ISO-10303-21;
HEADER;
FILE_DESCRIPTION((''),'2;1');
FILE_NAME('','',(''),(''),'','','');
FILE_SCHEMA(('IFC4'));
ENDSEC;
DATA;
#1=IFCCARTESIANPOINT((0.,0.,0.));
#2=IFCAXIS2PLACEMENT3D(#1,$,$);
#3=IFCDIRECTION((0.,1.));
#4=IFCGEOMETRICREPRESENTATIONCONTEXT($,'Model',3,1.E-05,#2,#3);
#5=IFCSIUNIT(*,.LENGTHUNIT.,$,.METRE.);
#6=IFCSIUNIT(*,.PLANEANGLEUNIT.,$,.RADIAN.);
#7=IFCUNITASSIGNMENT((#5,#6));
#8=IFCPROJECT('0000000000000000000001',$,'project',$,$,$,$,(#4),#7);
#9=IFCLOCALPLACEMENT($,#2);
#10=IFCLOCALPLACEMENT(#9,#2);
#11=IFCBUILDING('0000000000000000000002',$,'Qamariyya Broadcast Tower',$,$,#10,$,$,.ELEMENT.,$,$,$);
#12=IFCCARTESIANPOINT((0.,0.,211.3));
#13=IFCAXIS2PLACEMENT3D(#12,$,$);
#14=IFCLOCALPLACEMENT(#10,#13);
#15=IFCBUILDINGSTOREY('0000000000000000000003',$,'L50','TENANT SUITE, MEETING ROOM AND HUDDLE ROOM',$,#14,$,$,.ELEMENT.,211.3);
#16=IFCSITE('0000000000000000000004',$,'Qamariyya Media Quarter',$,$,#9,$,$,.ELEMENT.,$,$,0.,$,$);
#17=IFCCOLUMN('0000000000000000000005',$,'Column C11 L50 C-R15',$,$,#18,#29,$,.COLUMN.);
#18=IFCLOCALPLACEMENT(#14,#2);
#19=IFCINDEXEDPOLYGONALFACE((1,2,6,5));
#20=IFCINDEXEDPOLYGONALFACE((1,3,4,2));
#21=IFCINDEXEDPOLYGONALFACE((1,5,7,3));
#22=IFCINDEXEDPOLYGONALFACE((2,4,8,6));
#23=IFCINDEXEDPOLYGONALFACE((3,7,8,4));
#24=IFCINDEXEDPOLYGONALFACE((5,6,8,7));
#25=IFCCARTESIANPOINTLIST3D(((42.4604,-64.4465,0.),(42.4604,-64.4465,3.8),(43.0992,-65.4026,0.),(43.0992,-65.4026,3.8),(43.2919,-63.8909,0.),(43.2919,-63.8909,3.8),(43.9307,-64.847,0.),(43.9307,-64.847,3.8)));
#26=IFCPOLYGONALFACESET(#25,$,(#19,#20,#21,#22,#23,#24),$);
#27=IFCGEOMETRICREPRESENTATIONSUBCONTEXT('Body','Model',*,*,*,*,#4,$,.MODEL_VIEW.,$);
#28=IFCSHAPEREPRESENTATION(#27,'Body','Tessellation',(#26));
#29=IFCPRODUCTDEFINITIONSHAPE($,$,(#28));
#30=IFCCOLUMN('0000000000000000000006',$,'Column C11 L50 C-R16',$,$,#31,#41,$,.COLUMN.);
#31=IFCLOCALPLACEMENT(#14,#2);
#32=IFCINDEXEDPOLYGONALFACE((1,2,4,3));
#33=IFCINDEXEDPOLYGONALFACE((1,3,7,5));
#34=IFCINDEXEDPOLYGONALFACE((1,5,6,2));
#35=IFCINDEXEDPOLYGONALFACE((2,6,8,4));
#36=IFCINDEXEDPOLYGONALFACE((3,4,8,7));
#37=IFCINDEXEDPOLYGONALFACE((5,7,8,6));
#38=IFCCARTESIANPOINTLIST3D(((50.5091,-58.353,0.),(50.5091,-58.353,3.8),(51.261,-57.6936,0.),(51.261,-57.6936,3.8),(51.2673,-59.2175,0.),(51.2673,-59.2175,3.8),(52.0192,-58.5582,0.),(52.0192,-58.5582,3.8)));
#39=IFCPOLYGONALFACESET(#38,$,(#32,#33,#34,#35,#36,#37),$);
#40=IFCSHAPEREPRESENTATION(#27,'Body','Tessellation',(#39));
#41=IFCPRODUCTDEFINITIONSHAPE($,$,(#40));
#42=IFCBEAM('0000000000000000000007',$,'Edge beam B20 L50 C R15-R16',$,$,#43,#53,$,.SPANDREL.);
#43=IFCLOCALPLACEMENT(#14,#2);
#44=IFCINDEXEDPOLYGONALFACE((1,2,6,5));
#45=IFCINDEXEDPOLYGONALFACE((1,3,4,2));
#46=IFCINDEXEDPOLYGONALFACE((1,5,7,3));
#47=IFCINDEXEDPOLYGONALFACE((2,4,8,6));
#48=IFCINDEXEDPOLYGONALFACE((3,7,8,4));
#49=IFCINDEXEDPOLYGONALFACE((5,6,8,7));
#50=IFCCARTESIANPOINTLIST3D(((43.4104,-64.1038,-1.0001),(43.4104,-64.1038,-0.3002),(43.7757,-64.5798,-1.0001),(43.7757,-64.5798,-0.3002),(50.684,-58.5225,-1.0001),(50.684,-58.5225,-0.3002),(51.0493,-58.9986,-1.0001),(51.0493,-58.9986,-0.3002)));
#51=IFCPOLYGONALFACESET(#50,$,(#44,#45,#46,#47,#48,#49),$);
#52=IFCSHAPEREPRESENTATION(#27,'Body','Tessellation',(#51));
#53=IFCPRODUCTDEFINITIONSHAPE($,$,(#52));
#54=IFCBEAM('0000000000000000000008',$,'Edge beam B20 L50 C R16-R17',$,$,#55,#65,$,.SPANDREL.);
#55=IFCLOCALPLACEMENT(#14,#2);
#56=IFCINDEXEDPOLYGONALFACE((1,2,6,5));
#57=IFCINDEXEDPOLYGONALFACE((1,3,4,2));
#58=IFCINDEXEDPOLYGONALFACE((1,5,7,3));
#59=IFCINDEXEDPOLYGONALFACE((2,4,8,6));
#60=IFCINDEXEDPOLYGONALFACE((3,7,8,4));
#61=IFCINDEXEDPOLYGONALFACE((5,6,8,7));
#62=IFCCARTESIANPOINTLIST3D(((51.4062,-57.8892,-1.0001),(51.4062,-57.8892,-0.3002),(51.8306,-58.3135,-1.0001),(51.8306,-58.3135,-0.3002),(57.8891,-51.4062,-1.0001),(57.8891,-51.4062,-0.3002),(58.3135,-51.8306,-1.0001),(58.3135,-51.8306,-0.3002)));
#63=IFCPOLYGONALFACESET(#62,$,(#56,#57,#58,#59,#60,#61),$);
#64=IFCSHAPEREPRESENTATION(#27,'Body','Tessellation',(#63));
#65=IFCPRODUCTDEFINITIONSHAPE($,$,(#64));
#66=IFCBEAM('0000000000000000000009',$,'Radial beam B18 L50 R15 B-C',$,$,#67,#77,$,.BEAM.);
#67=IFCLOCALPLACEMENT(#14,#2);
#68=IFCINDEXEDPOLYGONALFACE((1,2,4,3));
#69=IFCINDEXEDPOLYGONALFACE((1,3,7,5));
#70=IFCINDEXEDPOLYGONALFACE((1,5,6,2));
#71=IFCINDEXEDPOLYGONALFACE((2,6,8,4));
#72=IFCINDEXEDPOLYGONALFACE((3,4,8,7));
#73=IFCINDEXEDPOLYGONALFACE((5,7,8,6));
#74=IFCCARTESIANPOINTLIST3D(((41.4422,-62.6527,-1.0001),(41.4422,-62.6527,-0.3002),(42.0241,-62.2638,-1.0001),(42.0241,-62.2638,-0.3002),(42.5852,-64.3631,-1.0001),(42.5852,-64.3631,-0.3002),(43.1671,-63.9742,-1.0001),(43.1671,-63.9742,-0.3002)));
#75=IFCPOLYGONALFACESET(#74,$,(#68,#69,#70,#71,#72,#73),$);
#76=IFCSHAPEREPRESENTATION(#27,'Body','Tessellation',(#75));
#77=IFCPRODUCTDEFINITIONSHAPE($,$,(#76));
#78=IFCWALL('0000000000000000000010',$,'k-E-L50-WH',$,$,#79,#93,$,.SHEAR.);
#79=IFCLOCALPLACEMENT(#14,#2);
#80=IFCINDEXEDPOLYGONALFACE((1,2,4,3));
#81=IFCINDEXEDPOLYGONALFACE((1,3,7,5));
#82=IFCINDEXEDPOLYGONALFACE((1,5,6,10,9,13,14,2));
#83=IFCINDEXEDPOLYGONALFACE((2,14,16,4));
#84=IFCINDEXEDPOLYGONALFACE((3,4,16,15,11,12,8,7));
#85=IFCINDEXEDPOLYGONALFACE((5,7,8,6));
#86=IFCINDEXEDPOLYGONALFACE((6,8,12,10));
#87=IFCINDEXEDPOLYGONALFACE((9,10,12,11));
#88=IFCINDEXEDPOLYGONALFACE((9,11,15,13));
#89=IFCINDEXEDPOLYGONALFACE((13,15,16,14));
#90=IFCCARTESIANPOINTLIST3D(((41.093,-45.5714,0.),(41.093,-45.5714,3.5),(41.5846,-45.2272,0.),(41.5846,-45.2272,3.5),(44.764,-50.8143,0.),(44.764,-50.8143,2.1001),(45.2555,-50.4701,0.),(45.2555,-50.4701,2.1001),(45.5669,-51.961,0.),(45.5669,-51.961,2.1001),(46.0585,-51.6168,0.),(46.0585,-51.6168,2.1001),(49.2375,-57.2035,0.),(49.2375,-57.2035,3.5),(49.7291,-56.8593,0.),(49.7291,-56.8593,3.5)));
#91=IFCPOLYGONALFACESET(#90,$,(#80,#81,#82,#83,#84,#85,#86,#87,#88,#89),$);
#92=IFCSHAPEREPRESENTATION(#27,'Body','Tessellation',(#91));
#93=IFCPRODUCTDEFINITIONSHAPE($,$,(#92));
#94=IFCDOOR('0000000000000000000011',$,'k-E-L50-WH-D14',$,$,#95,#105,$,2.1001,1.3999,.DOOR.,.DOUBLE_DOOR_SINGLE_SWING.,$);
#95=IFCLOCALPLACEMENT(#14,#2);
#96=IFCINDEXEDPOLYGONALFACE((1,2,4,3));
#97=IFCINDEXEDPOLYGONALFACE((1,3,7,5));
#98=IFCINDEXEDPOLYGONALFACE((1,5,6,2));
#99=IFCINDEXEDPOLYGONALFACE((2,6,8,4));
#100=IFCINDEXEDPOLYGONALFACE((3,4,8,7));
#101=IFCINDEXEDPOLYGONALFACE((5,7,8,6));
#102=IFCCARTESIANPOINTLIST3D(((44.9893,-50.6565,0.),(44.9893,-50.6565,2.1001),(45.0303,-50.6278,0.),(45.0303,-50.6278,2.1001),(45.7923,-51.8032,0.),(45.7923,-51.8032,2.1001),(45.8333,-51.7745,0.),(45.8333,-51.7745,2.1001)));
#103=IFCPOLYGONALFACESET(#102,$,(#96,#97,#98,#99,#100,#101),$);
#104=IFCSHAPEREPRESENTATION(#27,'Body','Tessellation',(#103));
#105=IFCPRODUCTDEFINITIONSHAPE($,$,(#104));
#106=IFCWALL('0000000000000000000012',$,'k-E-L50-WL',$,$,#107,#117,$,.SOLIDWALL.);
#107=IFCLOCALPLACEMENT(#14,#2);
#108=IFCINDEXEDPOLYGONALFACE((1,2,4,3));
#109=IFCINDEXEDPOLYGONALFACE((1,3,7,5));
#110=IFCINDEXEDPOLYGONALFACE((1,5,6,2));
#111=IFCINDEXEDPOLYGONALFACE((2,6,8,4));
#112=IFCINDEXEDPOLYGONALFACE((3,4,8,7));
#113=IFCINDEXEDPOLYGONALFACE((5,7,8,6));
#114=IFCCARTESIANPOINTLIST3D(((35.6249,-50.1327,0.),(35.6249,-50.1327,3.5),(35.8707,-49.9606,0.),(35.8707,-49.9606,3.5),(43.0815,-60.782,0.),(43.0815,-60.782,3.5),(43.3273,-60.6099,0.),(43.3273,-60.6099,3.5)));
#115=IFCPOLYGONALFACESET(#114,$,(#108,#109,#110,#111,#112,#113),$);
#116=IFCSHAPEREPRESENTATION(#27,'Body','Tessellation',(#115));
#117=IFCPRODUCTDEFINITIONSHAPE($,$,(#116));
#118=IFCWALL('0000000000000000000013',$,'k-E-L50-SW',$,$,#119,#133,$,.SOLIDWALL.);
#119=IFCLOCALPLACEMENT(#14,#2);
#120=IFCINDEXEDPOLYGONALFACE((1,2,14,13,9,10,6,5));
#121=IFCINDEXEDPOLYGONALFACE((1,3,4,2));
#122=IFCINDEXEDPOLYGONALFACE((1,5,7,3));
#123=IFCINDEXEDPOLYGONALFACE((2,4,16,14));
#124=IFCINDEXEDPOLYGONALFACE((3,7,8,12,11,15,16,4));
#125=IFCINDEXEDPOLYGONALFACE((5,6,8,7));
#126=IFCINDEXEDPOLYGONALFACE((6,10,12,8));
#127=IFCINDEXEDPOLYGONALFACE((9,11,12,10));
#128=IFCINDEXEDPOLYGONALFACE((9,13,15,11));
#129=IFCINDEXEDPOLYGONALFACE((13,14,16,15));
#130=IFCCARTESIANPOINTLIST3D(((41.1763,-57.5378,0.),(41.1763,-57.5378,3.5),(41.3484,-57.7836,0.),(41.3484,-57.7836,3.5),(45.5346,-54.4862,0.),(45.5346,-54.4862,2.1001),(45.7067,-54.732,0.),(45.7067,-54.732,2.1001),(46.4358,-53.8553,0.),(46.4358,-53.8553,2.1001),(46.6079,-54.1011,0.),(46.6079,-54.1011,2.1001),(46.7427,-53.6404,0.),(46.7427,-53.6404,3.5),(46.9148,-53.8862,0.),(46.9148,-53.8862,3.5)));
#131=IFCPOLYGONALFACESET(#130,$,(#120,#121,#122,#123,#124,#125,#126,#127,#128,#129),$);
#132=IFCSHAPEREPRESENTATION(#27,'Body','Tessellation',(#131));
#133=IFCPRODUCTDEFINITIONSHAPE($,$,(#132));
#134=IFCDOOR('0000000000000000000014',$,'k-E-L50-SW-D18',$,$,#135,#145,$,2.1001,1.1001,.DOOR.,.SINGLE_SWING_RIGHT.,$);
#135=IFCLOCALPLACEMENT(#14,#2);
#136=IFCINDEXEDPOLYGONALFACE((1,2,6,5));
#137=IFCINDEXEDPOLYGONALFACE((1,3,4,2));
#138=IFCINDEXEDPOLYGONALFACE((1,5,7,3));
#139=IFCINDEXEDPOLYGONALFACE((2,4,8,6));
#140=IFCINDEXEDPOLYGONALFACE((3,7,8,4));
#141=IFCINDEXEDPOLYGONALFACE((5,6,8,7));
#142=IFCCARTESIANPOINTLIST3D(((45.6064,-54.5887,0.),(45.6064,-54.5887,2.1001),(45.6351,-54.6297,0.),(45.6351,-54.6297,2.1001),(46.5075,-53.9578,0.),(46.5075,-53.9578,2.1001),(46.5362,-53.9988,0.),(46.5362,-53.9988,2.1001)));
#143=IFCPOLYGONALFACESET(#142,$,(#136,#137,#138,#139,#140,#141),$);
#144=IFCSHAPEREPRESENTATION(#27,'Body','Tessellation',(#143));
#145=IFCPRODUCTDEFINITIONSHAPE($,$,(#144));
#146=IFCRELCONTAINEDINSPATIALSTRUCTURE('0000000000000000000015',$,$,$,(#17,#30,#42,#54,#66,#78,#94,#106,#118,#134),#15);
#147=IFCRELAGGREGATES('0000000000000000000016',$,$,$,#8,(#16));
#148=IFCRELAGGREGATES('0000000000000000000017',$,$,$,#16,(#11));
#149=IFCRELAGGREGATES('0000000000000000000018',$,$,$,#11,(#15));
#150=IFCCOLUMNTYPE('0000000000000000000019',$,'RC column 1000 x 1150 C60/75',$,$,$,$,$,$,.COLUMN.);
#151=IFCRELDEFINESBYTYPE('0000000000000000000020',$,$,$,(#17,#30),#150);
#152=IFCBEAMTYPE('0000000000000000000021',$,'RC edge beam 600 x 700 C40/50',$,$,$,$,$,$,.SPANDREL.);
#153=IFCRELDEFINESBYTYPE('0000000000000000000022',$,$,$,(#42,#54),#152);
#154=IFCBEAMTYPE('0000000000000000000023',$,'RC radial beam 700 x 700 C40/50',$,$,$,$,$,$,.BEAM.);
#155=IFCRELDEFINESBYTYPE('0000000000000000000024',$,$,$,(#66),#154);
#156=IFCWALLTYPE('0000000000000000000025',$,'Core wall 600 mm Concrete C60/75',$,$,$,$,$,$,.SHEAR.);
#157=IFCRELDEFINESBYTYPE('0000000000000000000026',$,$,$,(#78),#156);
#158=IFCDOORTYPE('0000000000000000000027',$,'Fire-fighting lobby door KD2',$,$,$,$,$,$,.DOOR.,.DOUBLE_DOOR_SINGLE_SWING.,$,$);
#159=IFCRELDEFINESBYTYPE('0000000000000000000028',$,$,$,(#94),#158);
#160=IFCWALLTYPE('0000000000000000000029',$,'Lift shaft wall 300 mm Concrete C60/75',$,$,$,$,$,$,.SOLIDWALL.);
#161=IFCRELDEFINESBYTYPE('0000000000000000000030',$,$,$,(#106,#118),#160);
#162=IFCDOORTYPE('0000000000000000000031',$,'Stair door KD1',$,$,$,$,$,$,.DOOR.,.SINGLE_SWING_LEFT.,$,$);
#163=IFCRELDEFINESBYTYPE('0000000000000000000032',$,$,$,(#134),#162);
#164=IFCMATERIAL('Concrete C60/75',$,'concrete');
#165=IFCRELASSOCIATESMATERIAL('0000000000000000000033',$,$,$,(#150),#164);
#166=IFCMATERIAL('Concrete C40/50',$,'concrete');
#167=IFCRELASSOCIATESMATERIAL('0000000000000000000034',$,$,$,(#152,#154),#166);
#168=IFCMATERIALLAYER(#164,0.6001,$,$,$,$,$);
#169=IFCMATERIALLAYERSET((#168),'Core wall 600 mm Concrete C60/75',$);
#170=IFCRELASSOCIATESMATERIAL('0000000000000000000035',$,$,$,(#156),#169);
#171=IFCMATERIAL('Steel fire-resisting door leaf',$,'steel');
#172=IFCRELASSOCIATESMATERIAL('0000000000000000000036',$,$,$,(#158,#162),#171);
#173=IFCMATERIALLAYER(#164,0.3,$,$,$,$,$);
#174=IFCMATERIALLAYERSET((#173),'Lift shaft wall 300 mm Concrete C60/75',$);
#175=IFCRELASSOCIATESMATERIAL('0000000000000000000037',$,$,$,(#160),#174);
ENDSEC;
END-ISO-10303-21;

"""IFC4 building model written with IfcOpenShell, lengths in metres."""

from ifc_helpers import new_model, si_unit, direction, frame, frame_2d, origin, origin_2d, place, context, subcontext, project, spatial, rectangle, extrude, material, layer, layer_set, material_profile, profile_set, type_object, element, fill, save


model = new_model("IFC4")

# Units and contexts
model_context = context("Model", 3, precision=1e-05, world=origin(), true_north=direction((0.0, 1.0)))
body_context = subcontext(model_context, "Body", "Model", "MODEL_VIEW")
ifc_project = project(units=[si_unit("LENGTHUNIT", "METRE"), si_unit("PLANEANGLEUNIT", "RADIAN")], contexts=[model_context])

# Site, building, storey
site_placement = place(None, origin())
site = spatial("IfcSite", under=ifc_project, at=site_placement, Name="Qamariyya Media Quarter", CompositionType="ELEMENT", RefElevation=0.0)
building_placement = place(site_placement, origin())
building = spatial("IfcBuilding", under=site, at=building_placement, Name="Qamariyya Broadcast Tower", CompositionType="ELEMENT")
storey_placement = place(building_placement, frame((0.0, 0.0, 211.3)))
storey = spatial("IfcBuildingStorey", under=building, at=storey_placement, Name="L50", Description="TENANT SUITE, MEETING ROOM AND HUDDLE ROOM", CompositionType="ELEMENT", Elevation=211.3)

# Columns
ifc_material_1 = material(Name="Concrete C60/75", Category="concrete")
ifc_material_profile_1 = material_profile(ifc_material_1, rectangle(XDim=1.0, YDim=1.1499, at=origin_2d()))
ifc_profile_set_1 = profile_set([ifc_material_profile_1], Name="Concrete C60/75")
column_type = type_object("IfcColumnType", Name="RC column 1000 x 1150 C60/75", PredefinedType="COLUMN", material=ifc_profile_set_1)
for number, where, z_axis, x_axis, name in (
    (1, (43.1956, -64.6467, 0.0), (0.0, 0.0, 1.0), (0.83147, 0.55557, 0.0), "Column C11 L50 C-R15"),
    (2, (51.2642, -58.4556, 0.0), (0.0, 0.0, 1.0), (0.75184, 0.659346, 0.0), "Column C11 L50 C-R16"),
):
    element("IfcColumn", number, at=place(storey_placement, frame(where, z_axis=z_axis, x_axis=x_axis)), inside=storey, type_object=column_type, Name=name, PredefinedType="COLUMN", context=body_context, shape_type="SweptSolid", body=[
        extrude(rectangle(XDim=1.0, YDim=1.1499, at=origin_2d()), origin(), (0.0, 0.0, 1.0), 3.8),
    ])

# Beams
ifc_material_2 = material(Name="Concrete C40/50", Category="concrete")
ifc_material_profile_2 = material_profile(ifc_material_2, rectangle(XDim=0.6001, YDim=0.7, at=origin_2d()))
ifc_profile_set_2 = profile_set([ifc_material_profile_2], Name="Concrete C40/50")
beam_type_1 = type_object("IfcBeamType", Name="RC edge beam 600 x 700 C40/50", PredefinedType="SPANDREL", material=ifc_profile_set_2)
for number, where, z_axis, x_axis, name in (
    (3, (43.593, -64.3418, -0.6501), (0.793353, 0.608762, 0.0), (-0.608762, 0.793353, 0.0), "Edge beam B20 L50 C R15-R16"),
    (4, (51.6184, -58.1013, -0.6501), (0.707107, 0.707107, 0.0), (-0.707107, 0.707107, 0.0), "Edge beam B20 L50 C R16-R17"),
):
    element("IfcBeam", number, at=place(storey_placement, frame(where, z_axis=z_axis, x_axis=x_axis)), inside=storey, type_object=beam_type_1, Name=name, PredefinedType="SPANDREL", context=body_context, shape_type="SweptSolid", body=[
        extrude(rectangle(XDim=0.6001, YDim=0.7, at=origin_2d()), origin(), (0.0, 0.0, 1.0), 9.1682),
    ])
ifc_material_profile_3 = material_profile(ifc_material_2, rectangle(XDim=0.7, YDim=0.7, at=origin_2d()))
ifc_profile_set_3 = profile_set([ifc_material_profile_3], Name="Concrete C40/50")
beam_type_2 = type_object("IfcBeamType", Name="RC radial beam 700 x 700 C40/50", PredefinedType="BEAM", material=ifc_profile_set_3)
beam_placement = place(storey_placement, frame((41.7332, -62.4583, -0.6501), z_axis=(0.555631, -0.831429, 0.0), x_axis=(0.831429, 0.555631, 0.0)))
element("IfcBeam", 5, at=beam_placement, inside=storey, type_object=beam_type_2, Name="Radial beam B18 L50 R15 B-C", PredefinedType="BEAM", context=body_context, shape_type="SweptSolid", body=[
    extrude(rectangle(XDim=0.7, YDim=0.7, at=origin_2d()), origin(), (0.0, 0.0, 1.0), 2.0571),
])

# Wall, opening, door
ifc_layer_1 = layer(ifc_material_1, 0.6001)
ifc_layer_set_1 = layer_set([ifc_layer_1], Name="Core wall 600 mm Concrete C60/75")
wall_type_1 = type_object("IfcWallType", Name="Core wall 600 mm Concrete C60/75", PredefinedType="SHEAR", material=ifc_layer_set_1)
wall_1_placement = place(storey_placement, frame((49.4834, -57.0315, 0.0), z_axis=(0.0, 0.0, 1.0), x_axis=(-0.57356, 0.819163, 0.0)))
wall_1 = element("IfcWall", 6, at=wall_1_placement, inside=storey, type_object=wall_type_1, Name="k-E-L50-WH", PredefinedType="SHEAR", context=body_context, shape_type="SweptSolid", body=[
    extrude(rectangle(XDim=14.2, YDim=0.6001, at=frame_2d((7.1001, 0.0))), origin(), (0.0, 0.0, 1.0), 3.5),
])
opening_1_placement = place(wall_1_placement, frame((6.3999, 0.0, 0.0)))
opening_1 = element("IfcOpeningElement", 7, at=opening_1_placement, cuts=wall_1, PredefinedType="OPENING", context=body_context, shape_type="SweptSolid", body=[
    extrude(rectangle(XDim=1.3999, YDim=2.1001, at=frame_2d((0.7, 1.05))), frame((0.0, 0.3101, 0.0), z_axis=(0.0, -1.0, 0.0), x_axis=(1.0, 0.0, 0.0)), (0.0, 0.0, 1.0), 0.6201),
])
ifc_material_3 = material(Name="Steel fire-resisting door leaf", Category="steel")
door_type_1 = type_object("IfcDoorType", Name="Fire-fighting lobby door KD2", OperationType="DOUBLE_DOOR_SINGLE_SWING", PredefinedType="DOOR", material=ifc_material_3)
door_1_placement = place(opening_1_placement, origin())
door_1 = element("IfcDoor", 8, at=door_1_placement, inside=storey, type_object=door_type_1, Name="k-E-L50-WH-D14", OperationType="DOUBLE_DOOR_SINGLE_SWING", OverallHeight=2.1001, OverallWidth=1.3999, PredefinedType="DOOR", context=body_context, shape_type="SweptSolid", body=[
    extrude(rectangle(XDim=1.3999, YDim=2.1001, at=frame_2d((0.7, 1.05))), frame((0.0, 0.0249, 0.0), z_axis=(0.0, -1.0, 0.0), x_axis=(1.0, 0.0, 0.0)), (0.0, 0.0, 1.0), 0.05),
])
fill(opening_1, door_1)

# Wall
ifc_layer_2 = layer(ifc_material_1, 0.3)
ifc_layer_set_2 = layer_set([ifc_layer_2], Name="Lift shaft wall 300 mm Concrete C60/75")
wall_type_2 = type_object("IfcWallType", Name="Lift shaft wall 300 mm Concrete C60/75", PredefinedType="SOLIDWALL", material=ifc_layer_set_2)
wall_2_placement = place(storey_placement, frame((43.2043, -60.6958, 0.0), z_axis=(0.0, 0.0, 1.0), x_axis=(-0.573572, 0.819155, 0.0)))
element("IfcWall", 9, at=wall_2_placement, inside=storey, type_object=wall_type_2, Name="k-E-L50-WL", PredefinedType="SOLIDWALL", context=body_context, shape_type="SweptSolid", body=[
    extrude(rectangle(XDim=13.0002, YDim=0.3, at=frame_2d((6.5, 0.0))), origin(), (0.0, 0.0, 1.0), 3.5),
])

# Wall, opening, door
wall_3_placement = place(storey_placement, frame((41.2625, -57.6606, 0.0), z_axis=(0.0, 0.0, 1.0), x_axis=(0.819164, 0.573559, 0.0)))
wall_3 = element("IfcWall", 10, at=wall_3_placement, inside=storey, type_object=wall_type_2, Name="k-E-L50-SW", PredefinedType="SOLIDWALL", context=body_context, shape_type="SweptSolid", body=[
    extrude(rectangle(XDim=6.7952, YDim=0.3, at=frame_2d((3.3975, 0.0))), origin(), (0.0, 0.0, 1.0), 3.5),
])
opening_2_placement = place(wall_3_placement, frame((5.3203, 0.0, 0.0)))
opening_2 = element("IfcOpeningElement", 11, at=opening_2_placement, cuts=wall_3, PredefinedType="OPENING", context=body_context, shape_type="SweptSolid", body=[
    extrude(rectangle(XDim=1.1001, YDim=2.1001, at=frame_2d((0.55, 1.05))), frame((0.0, 0.1599, 0.0), z_axis=(0.0, -1.0, 0.0), x_axis=(1.0, 0.0, 0.0)), (0.0, 0.0, 1.0), 0.3201),
])
door_type_2 = type_object("IfcDoorType", Name="Stair door KD1", OperationType="SINGLE_SWING_LEFT", PredefinedType="DOOR", material=ifc_material_3)
door_2_placement = place(opening_2_placement, origin())
door_2 = element("IfcDoor", 12, at=door_2_placement, inside=storey, type_object=door_type_2, Name="k-E-L50-SW-D18", OperationType="SINGLE_SWING_RIGHT", OverallHeight=2.1001, OverallWidth=1.1001, PredefinedType="DOOR", context=body_context, shape_type="SweptSolid", body=[
    extrude(rectangle(XDim=1.1001, YDim=2.1001, at=frame_2d((0.55, 1.05))), frame((0.0, 0.0249, 0.0), z_axis=(0.0, -1.0, 0.0), x_axis=(1.0, 0.0, 0.0)), (0.0, 0.0, 1.0), 0.05),
])
fill(opening_2, door_2)

save(model, "model.ifc")
